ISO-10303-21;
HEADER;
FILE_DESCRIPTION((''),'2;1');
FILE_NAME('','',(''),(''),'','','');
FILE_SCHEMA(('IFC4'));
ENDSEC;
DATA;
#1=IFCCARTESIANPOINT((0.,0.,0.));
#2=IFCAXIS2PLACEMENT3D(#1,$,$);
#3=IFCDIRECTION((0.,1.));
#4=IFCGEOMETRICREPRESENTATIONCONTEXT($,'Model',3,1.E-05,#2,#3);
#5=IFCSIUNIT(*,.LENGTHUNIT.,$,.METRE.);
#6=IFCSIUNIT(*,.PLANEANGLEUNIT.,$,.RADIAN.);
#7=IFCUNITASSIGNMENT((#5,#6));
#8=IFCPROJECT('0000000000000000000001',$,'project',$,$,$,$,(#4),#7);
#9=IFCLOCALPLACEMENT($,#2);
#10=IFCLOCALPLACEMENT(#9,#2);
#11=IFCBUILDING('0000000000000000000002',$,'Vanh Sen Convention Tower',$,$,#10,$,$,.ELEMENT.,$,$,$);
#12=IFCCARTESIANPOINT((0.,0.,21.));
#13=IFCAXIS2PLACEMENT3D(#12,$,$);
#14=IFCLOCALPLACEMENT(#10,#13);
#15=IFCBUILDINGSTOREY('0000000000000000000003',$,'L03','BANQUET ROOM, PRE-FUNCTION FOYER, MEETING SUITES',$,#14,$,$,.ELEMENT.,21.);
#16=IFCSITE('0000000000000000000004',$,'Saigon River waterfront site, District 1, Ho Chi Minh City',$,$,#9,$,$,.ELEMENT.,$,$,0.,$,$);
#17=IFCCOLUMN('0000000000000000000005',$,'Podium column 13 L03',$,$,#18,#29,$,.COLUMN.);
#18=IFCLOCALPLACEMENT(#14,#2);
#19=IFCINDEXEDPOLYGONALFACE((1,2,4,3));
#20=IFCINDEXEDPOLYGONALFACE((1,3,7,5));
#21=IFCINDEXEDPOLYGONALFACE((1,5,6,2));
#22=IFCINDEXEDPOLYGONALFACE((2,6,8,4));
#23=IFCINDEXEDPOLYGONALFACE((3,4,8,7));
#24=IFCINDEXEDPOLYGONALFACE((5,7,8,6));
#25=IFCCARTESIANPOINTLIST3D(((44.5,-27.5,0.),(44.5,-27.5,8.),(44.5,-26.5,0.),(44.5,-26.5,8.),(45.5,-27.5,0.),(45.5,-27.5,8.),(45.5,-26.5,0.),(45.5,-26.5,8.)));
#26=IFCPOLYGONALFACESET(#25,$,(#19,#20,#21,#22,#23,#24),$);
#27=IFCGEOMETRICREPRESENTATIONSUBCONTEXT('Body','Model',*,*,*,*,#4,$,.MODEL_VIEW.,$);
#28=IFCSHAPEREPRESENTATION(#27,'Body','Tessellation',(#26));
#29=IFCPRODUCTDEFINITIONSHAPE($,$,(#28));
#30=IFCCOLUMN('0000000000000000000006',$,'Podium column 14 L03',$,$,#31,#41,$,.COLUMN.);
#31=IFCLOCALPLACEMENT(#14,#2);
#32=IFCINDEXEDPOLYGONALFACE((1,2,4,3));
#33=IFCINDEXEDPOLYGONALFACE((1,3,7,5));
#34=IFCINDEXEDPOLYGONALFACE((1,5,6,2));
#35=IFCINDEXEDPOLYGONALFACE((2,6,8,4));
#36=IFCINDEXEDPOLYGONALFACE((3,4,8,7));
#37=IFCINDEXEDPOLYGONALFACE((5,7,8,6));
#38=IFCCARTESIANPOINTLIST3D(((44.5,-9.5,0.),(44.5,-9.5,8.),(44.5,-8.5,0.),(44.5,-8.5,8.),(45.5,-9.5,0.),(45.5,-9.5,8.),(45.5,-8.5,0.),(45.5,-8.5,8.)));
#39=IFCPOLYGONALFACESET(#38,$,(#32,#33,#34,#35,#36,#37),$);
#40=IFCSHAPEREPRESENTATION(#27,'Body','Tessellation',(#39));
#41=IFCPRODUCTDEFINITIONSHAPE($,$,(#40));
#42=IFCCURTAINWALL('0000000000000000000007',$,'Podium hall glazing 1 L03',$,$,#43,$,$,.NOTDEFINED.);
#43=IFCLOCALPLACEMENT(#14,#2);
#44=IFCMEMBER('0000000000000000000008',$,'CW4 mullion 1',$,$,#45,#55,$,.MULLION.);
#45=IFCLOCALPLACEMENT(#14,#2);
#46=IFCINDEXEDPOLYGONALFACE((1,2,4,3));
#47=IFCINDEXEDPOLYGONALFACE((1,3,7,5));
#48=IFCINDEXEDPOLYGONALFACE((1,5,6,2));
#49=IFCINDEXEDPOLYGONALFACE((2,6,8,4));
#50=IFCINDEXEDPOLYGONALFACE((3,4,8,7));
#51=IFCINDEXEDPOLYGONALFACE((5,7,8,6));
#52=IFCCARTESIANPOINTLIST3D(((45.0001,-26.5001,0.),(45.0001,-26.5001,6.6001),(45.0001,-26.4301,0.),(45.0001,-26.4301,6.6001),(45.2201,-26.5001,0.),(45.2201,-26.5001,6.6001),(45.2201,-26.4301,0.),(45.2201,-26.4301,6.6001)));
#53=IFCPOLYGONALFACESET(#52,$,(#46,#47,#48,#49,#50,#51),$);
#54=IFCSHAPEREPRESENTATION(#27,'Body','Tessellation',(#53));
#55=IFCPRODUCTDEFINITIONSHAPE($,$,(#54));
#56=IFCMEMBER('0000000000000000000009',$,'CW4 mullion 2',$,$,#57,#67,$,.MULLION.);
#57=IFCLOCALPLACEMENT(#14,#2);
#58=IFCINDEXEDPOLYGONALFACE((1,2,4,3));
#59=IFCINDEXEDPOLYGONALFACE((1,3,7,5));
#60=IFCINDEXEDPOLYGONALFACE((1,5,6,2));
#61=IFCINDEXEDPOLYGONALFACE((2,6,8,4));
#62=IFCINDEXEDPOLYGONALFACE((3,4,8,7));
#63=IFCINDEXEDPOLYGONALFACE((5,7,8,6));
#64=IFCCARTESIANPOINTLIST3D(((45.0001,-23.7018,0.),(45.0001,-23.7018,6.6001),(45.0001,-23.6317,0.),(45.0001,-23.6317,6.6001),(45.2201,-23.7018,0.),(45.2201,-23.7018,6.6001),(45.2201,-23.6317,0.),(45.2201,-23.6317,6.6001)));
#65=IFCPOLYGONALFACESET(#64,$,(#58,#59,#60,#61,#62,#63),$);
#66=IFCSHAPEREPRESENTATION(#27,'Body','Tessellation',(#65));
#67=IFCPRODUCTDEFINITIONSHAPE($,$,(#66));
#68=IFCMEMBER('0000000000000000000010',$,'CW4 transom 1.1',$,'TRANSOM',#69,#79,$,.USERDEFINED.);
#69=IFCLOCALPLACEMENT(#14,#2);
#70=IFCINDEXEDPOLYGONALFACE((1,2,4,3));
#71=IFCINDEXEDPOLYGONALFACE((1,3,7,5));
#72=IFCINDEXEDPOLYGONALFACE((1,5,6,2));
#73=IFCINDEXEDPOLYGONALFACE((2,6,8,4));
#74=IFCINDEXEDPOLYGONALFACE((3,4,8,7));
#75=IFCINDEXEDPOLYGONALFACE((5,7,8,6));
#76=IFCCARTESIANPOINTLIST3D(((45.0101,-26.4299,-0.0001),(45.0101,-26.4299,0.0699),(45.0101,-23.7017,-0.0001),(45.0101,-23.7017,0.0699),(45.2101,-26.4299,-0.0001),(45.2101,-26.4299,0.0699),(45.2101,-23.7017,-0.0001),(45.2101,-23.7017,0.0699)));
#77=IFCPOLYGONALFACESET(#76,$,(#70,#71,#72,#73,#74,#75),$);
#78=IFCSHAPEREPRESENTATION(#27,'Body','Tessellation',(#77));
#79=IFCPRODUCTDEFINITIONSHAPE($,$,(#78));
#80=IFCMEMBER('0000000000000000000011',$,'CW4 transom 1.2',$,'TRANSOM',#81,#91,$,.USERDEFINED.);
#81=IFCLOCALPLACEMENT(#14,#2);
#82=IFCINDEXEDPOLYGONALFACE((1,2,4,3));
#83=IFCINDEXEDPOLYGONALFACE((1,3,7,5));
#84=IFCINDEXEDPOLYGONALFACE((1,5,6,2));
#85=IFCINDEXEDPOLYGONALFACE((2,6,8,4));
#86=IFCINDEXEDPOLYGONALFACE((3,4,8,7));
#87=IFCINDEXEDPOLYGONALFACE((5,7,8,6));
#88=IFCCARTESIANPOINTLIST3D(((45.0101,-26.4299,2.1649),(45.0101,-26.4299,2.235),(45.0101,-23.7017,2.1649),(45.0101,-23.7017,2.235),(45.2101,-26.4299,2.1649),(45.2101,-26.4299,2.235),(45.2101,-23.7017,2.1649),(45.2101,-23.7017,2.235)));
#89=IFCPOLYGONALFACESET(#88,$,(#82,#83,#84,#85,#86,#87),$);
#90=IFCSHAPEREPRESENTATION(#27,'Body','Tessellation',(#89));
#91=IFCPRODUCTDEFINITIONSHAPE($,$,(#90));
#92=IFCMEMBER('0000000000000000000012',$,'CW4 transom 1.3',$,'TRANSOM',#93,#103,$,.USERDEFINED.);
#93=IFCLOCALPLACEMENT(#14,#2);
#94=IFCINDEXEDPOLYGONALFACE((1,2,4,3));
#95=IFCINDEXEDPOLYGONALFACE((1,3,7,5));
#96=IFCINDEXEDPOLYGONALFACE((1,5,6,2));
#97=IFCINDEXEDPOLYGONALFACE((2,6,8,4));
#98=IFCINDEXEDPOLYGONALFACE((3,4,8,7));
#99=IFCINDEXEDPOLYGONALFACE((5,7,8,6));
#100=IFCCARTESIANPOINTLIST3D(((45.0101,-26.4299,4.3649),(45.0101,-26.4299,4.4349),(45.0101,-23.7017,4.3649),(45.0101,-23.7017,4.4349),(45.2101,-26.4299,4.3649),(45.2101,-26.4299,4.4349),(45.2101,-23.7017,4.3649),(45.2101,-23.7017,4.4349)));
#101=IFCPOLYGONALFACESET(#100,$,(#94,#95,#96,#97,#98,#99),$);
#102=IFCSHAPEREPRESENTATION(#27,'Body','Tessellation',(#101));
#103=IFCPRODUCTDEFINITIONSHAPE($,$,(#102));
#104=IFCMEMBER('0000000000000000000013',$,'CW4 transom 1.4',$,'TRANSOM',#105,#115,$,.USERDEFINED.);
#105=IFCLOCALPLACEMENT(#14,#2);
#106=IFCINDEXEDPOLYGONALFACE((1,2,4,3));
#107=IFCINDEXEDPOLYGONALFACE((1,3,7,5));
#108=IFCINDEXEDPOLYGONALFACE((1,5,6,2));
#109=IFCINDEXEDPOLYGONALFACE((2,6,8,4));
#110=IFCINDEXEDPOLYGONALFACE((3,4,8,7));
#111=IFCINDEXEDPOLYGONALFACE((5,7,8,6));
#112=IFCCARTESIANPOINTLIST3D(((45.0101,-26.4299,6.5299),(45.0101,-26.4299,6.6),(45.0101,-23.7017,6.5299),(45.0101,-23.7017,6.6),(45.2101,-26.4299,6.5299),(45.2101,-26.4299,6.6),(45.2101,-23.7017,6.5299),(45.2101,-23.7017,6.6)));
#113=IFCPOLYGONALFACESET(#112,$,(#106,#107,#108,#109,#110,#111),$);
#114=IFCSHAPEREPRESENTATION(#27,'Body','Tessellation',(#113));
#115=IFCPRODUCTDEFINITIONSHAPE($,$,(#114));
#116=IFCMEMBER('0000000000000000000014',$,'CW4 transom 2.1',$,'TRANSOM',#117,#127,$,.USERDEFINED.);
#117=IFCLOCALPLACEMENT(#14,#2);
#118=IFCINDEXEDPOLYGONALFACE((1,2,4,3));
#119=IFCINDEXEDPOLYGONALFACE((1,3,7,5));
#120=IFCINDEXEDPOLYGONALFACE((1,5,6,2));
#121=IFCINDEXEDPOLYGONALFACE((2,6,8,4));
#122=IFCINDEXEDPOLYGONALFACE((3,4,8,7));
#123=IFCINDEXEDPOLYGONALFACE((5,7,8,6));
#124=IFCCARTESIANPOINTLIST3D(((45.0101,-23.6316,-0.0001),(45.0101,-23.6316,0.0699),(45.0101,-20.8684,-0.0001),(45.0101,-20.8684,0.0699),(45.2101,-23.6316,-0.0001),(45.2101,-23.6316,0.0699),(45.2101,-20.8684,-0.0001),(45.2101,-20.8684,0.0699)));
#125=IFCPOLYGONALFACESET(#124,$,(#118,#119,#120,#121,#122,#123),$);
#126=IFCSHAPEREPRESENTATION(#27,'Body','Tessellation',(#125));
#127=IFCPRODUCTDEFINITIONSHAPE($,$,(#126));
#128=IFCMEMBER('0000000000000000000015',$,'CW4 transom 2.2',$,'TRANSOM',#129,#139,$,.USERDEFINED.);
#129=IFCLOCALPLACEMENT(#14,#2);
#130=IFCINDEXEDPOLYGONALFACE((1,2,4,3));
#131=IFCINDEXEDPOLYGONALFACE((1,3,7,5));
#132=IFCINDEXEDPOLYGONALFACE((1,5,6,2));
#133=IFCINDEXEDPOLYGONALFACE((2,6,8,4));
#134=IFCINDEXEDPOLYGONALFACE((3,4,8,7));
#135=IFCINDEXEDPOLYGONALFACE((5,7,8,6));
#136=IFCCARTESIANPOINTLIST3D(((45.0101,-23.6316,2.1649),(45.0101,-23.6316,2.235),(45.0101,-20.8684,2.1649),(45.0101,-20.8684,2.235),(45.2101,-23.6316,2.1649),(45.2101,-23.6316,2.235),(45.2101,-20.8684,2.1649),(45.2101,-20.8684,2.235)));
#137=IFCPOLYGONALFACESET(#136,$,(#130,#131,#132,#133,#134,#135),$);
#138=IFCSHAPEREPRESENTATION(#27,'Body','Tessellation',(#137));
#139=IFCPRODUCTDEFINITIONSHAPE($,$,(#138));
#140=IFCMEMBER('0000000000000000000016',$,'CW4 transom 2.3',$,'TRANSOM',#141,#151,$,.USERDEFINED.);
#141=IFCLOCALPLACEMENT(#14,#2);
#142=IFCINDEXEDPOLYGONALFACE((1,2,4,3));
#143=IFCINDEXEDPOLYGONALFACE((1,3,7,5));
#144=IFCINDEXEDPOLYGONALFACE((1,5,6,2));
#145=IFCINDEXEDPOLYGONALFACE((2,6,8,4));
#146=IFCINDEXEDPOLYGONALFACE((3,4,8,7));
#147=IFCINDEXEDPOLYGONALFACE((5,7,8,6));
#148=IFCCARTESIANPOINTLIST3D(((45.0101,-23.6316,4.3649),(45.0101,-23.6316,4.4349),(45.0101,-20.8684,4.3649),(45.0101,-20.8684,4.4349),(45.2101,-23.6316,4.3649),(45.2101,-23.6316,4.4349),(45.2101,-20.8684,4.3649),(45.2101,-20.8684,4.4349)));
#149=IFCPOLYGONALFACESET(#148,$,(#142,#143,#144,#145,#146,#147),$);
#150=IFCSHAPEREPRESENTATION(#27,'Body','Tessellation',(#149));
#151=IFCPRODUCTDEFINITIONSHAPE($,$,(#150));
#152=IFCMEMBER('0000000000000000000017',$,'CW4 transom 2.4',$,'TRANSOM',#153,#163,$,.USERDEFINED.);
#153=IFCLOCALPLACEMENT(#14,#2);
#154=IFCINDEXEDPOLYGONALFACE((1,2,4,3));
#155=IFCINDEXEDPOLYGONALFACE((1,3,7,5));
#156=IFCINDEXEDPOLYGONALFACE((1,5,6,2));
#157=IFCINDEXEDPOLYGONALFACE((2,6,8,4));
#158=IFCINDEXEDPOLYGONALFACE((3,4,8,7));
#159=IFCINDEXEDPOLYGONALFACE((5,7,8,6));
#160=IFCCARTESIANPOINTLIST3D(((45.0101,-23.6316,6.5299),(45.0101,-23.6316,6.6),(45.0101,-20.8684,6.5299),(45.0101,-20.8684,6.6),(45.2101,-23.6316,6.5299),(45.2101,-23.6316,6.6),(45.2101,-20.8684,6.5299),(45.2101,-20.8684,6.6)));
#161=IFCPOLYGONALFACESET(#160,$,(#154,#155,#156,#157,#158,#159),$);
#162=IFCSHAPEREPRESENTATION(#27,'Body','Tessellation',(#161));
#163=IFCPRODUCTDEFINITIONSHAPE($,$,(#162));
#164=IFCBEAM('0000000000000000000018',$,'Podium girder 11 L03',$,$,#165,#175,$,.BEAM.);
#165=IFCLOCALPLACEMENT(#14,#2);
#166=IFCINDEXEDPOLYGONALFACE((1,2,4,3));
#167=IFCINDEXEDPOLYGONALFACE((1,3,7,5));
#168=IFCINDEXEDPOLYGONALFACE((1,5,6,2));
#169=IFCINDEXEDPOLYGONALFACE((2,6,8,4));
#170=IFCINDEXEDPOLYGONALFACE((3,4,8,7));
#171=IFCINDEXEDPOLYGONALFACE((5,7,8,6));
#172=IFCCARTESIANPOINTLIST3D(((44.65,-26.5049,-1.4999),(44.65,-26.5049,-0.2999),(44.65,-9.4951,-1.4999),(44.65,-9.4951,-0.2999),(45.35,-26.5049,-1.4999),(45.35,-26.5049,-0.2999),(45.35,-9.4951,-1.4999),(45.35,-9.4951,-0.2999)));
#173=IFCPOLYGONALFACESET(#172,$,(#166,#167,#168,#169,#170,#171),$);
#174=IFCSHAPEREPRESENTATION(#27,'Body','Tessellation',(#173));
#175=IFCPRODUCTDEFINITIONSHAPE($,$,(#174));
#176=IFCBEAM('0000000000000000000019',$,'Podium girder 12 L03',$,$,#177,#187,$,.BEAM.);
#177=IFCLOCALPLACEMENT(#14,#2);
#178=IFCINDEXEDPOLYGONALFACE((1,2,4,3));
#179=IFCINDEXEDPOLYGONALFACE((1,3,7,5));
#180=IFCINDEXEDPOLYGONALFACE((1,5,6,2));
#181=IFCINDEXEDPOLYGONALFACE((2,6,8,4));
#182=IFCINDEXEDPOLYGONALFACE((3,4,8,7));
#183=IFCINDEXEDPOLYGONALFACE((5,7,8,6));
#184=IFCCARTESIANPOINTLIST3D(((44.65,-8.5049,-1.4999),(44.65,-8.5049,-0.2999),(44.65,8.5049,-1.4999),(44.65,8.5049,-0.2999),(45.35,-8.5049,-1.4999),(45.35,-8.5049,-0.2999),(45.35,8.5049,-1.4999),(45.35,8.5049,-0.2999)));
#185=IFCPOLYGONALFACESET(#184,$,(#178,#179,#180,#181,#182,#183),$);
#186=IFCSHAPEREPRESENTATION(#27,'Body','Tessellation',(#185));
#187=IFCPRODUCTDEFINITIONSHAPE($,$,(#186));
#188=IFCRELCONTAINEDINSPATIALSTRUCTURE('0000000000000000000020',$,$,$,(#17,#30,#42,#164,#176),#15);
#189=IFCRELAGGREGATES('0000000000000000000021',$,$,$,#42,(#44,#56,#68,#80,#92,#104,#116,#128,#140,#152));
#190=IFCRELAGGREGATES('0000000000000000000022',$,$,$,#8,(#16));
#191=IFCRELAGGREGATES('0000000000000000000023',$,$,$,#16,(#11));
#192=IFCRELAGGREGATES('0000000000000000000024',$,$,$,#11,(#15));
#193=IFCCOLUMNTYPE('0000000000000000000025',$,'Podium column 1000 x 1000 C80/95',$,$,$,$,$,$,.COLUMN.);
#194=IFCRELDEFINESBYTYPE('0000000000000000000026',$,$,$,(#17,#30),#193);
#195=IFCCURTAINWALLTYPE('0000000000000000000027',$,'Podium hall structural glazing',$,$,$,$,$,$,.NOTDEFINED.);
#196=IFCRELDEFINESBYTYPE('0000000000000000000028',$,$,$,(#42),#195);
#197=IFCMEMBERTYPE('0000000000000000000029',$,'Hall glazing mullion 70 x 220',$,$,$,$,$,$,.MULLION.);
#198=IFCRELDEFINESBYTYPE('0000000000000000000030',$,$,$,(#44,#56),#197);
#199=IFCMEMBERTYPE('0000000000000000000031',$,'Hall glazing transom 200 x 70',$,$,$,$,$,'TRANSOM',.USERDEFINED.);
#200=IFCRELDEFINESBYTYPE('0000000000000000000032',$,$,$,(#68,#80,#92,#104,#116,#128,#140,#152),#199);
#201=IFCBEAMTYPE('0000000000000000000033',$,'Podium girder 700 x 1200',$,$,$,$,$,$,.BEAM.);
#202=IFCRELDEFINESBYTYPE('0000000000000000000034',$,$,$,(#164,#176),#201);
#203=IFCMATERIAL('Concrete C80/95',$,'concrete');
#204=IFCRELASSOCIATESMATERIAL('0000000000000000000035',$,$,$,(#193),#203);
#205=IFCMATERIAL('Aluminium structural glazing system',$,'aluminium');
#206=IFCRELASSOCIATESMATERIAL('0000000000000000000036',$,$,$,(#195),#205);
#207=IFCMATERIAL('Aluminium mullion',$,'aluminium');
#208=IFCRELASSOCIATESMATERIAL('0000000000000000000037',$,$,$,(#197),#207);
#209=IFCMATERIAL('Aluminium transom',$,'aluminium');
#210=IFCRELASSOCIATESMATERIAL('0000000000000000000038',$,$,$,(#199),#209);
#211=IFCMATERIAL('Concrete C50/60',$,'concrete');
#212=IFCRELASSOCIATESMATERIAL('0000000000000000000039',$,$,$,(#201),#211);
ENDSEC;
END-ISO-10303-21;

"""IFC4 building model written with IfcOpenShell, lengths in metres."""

from ifc_helpers import new_model, si_unit, direction, frame, origin, origin_2d, place, context, subcontext, project, spatial, rectangle, extrude, material, material_profile, profile_set, type_object, element, aggregate, save


model = new_model("IFC4")

# Units and contexts
model_context = context("Model", 3, precision=1e-05, world=origin(), true_north=direction((0.0, 1.0)))
body_context = subcontext(model_context, "Body", "Model", "MODEL_VIEW")
ifc_project = project(units=[si_unit("LENGTHUNIT", "METRE"), si_unit("PLANEANGLEUNIT", "RADIAN")], contexts=[model_context])

# Site, building, storey
site_placement = place(None, origin())
site = spatial("IfcSite", under=ifc_project, at=site_placement, Name="Saigon River waterfront site, District 1, Ho Chi Minh City", CompositionType="ELEMENT", RefElevation=0.0)
building_placement = place(site_placement, origin())
building = spatial("IfcBuilding", under=site, at=building_placement, Name="Vanh Sen Convention Tower", CompositionType="ELEMENT")
storey_placement = place(building_placement, frame((0.0, 0.0, 21.0)))
storey = spatial("IfcBuildingStorey", under=building, at=storey_placement, Name="L03", Description="BANQUET ROOM, PRE-FUNCTION FOYER, MEETING SUITES", CompositionType="ELEMENT", Elevation=21.0)

# Columns
ifc_material_1 = material(Name="Concrete C80/95", Category="concrete")
ifc_material_profile_1 = material_profile(ifc_material_1, rectangle(XDim=1.0, YDim=1.0, at=origin_2d()), Name="RC 1000X1000")
ifc_profile_set_1 = profile_set([ifc_material_profile_1], Name="Concrete C80/95")
column_type = type_object("IfcColumnType", Name="Podium column 1000 x 1000 C80/95", PredefinedType="COLUMN", material=ifc_profile_set_1)
for number, where, z_axis, x_axis, name in (
    (1, (45.0, -27.0, 0.0), (0.0, 0.0, 1.0), (1.0, 0.0, 0.0), "Podium column 13 L03"),
    (2, (45.0, -9.0, 0.0), (0.0, 0.0, 1.0), (1.0, 0.0, 0.0), "Podium column 14 L03"),
):
    element("IfcColumn", number, at=place(storey_placement, frame(where, z_axis=z_axis, x_axis=x_axis)), inside=storey, type_object=column_type, Name=name, PredefinedType="COLUMN", context=body_context, shape_type="SweptSolid", body=[
        extrude(rectangle(XDim=1.0, YDim=1.0, at=origin_2d()), origin(), (0.0, 0.0, 1.0), 8.0),
    ])

# Curtain wall, members
ifc_material_2 = material(Name="Aluminium structural glazing system", Category="aluminium")
curtain_wall_type = type_object("IfcCurtainWallType", Name="Podium hall structural glazing", PredefinedType="NOTDEFINED", material=ifc_material_2)
curtain_wall_placement = place(storey_placement, origin())
curtain_wall = element("IfcCurtainWall", 3, at=curtain_wall_placement, inside=storey, type_object=curtain_wall_type, Name="Podium hall glazing 1 L03", PredefinedType="NOTDEFINED")
ifc_material_3 = material(Name="Aluminium mullion", Category="aluminium")
ifc_material_profile_2 = material_profile(ifc_material_3, rectangle(XDim=0.22, YDim=0.0701, at=origin_2d()), Name="Hall glazing mullion 70 x 220")
ifc_profile_set_2 = profile_set([ifc_material_profile_2], Name="Aluminium mullion")
member_type_1 = type_object("IfcMemberType", Name="Hall glazing mullion 70 x 220", PredefinedType="MULLION", material=ifc_profile_set_2)
member_1_placement = place(storey_placement, frame((45.1101, -26.4651, 0.0), z_axis=(0.0, 0.0, 1.0), x_axis=(-1.0, 0.0, 0.0)))
member_1 = element("IfcMember", 4, at=member_1_placement, type_object=member_type_1, Name="CW4 mullion 1", PredefinedType="MULLION", context=body_context, shape_type="SweptSolid", body=[
    extrude(rectangle(XDim=0.22, YDim=0.0701, at=origin_2d()), origin(), (0.0, 0.0, 1.0), 6.6001),
])
member_2_placement = place(storey_placement, frame((45.1101, -23.6667, 0.0), z_axis=(0.0, 0.0, 1.0), x_axis=(-1.0, 0.0, 0.0)))
member_2 = element("IfcMember", 5, at=member_2_placement, type_object=member_type_1, Name="CW4 mullion 2", PredefinedType="MULLION", context=body_context, shape_type="SweptSolid", body=[
    extrude(rectangle(XDim=0.22, YDim=0.0701, at=origin_2d()), origin(), (0.0, 0.0, 1.0), 6.6001),
])
ifc_material_4 = material(Name="Aluminium transom", Category="aluminium")
ifc_material_profile_3 = material_profile(ifc_material_4, rectangle(XDim=0.2, YDim=0.0701, at=origin_2d()), Name="Hall glazing transom 200 x 70")
ifc_profile_set_3 = profile_set([ifc_material_profile_3], Name="Aluminium transom")
member_type_2 = type_object("IfcMemberType", Name="Hall glazing transom 200 x 70", ElementType="TRANSOM", PredefinedType="USERDEFINED", material=ifc_profile_set_3)
member_3_placement = place(storey_placement, frame((45.1101, -26.4299, 0.0349), z_axis=(0.0, 1.0, 0.0), x_axis=(-1.0, 0.0, 0.0)))
member_3 = element("IfcMember", 6, at=member_3_placement, type_object=member_type_2, Name="CW4 transom 1.1", ObjectType="TRANSOM", PredefinedType="USERDEFINED", context=body_context, shape_type="SweptSolid", body=[
    extrude(rectangle(XDim=0.2, YDim=0.0701, at=origin_2d()), origin(), (0.0, 0.0, 1.0), 2.7283),
])
member_4_placement = place(storey_placement, frame((45.1101, -26.4299, 2.2), z_axis=(0.0, 1.0, 0.0), x_axis=(-1.0, 0.0, 0.0)))
member_4 = element("IfcMember", 7, at=member_4_placement, type_object=member_type_2, Name="CW4 transom 1.2", ObjectType="TRANSOM", PredefinedType="USERDEFINED", context=body_context, shape_type="SweptSolid", body=[
    extrude(rectangle(XDim=0.2, YDim=0.0701, at=origin_2d()), origin(), (0.0, 0.0, 1.0), 2.7283),
])
member_5_placement = place(storey_placement, frame((45.1101, -26.4299, 4.3999), z_axis=(0.0, 1.0, 0.0), x_axis=(-1.0, 0.0, 0.0)))
member_5 = element("IfcMember", 8, at=member_5_placement, type_object=member_type_2, Name="CW4 transom 1.3", ObjectType="TRANSOM", PredefinedType="USERDEFINED", context=body_context, shape_type="SweptSolid", body=[
    extrude(rectangle(XDim=0.2, YDim=0.0701, at=origin_2d()), origin(), (0.0, 0.0, 1.0), 2.7283),
])
member_6_placement = place(storey_placement, frame((45.1101, -26.4299, 6.5649), z_axis=(0.0, 1.0, 0.0), x_axis=(-1.0, 0.0, 0.0)))
member_6 = element("IfcMember", 9, at=member_6_placement, type_object=member_type_2, Name="CW4 transom 1.4", ObjectType="TRANSOM", PredefinedType="USERDEFINED", context=body_context, shape_type="SweptSolid", body=[
    extrude(rectangle(XDim=0.2, YDim=0.0701, at=origin_2d()), origin(), (0.0, 0.0, 1.0), 2.7283),
])
member_7_placement = place(storey_placement, frame((45.1101, -23.6316, 0.0349), z_axis=(0.0, 1.0, 0.0), x_axis=(-1.0, 0.0, 0.0)))
member_7 = element("IfcMember", 10, at=member_7_placement, type_object=member_type_2, Name="CW4 transom 2.1", ObjectType="TRANSOM", PredefinedType="USERDEFINED", context=body_context, shape_type="SweptSolid", body=[
    extrude(rectangle(XDim=0.2, YDim=0.0701, at=origin_2d()), origin(), (0.0, 0.0, 1.0), 2.7632),
])
member_8_placement = place(storey_placement, frame((45.1101, -23.6316, 2.2), z_axis=(0.0, 1.0, 0.0), x_axis=(-1.0, 0.0, 0.0)))
member_8 = element("IfcMember", 11, at=member_8_placement, type_object=member_type_2, Name="CW4 transom 2.2", ObjectType="TRANSOM", PredefinedType="USERDEFINED", context=body_context, shape_type="SweptSolid", body=[
    extrude(rectangle(XDim=0.2, YDim=0.0701, at=origin_2d()), origin(), (0.0, 0.0, 1.0), 2.7632),
])
member_9_placement = place(storey_placement, frame((45.1101, -23.6316, 4.3999), z_axis=(0.0, 1.0, 0.0), x_axis=(-1.0, 0.0, 0.0)))
member_9 = element("IfcMember", 12, at=member_9_placement, type_object=member_type_2, Name="CW4 transom 2.3", ObjectType="TRANSOM", PredefinedType="USERDEFINED", context=body_context, shape_type="SweptSolid", body=[
    extrude(rectangle(XDim=0.2, YDim=0.0701, at=origin_2d()), origin(), (0.0, 0.0, 1.0), 2.7632),
])
member_10_placement = place(storey_placement, frame((45.1101, -23.6316, 6.5649), z_axis=(0.0, 1.0, 0.0), x_axis=(-1.0, 0.0, 0.0)))
member_10 = element("IfcMember", 13, at=member_10_placement, type_object=member_type_2, Name="CW4 transom 2.4", ObjectType="TRANSOM", PredefinedType="USERDEFINED", context=body_context, shape_type="SweptSolid", body=[
    extrude(rectangle(XDim=0.2, YDim=0.0701, at=origin_2d()), origin(), (0.0, 0.0, 1.0), 2.7632),
])

# Beams
ifc_material_5 = material(Name="Concrete C50/60", Category="concrete")
ifc_material_profile_4 = material_profile(ifc_material_5, rectangle(XDim=0.7, YDim=1.2, at=origin_2d()), Name="RC 700X1200")
ifc_profile_set_4 = profile_set([ifc_material_profile_4], Name="Concrete C50/60")
beam_type = type_object("IfcBeamType", Name="Podium girder 700 x 1200", PredefinedType="BEAM", material=ifc_profile_set_4)
for number, where, z_axis, x_axis, name in (
    (14, (45.0, -26.5049, -0.8999), (0.0, 1.0, 0.0), (-1.0, 0.0, 0.0), "Podium girder 11 L03"),
    (15, (45.0, -8.5049, -0.8999), (0.0, 1.0, 0.0), (-1.0, 0.0, 0.0), "Podium girder 12 L03"),
):
    element("IfcBeam", number, at=place(storey_placement, frame(where, z_axis=z_axis, x_axis=x_axis)), inside=storey, type_object=beam_type, Name=name, PredefinedType="BEAM", context=body_context, shape_type="SweptSolid", body=[
        extrude(rectangle(XDim=0.7, YDim=1.2, at=origin_2d()), origin(), (0.0, 0.0, 1.0), 17.0098),
    ])

aggregate(curtain_wall, [member_1, member_2, member_3, member_4, member_5, member_6, member_7, member_8, member_9, member_10])

save(model, "model.ifc")
